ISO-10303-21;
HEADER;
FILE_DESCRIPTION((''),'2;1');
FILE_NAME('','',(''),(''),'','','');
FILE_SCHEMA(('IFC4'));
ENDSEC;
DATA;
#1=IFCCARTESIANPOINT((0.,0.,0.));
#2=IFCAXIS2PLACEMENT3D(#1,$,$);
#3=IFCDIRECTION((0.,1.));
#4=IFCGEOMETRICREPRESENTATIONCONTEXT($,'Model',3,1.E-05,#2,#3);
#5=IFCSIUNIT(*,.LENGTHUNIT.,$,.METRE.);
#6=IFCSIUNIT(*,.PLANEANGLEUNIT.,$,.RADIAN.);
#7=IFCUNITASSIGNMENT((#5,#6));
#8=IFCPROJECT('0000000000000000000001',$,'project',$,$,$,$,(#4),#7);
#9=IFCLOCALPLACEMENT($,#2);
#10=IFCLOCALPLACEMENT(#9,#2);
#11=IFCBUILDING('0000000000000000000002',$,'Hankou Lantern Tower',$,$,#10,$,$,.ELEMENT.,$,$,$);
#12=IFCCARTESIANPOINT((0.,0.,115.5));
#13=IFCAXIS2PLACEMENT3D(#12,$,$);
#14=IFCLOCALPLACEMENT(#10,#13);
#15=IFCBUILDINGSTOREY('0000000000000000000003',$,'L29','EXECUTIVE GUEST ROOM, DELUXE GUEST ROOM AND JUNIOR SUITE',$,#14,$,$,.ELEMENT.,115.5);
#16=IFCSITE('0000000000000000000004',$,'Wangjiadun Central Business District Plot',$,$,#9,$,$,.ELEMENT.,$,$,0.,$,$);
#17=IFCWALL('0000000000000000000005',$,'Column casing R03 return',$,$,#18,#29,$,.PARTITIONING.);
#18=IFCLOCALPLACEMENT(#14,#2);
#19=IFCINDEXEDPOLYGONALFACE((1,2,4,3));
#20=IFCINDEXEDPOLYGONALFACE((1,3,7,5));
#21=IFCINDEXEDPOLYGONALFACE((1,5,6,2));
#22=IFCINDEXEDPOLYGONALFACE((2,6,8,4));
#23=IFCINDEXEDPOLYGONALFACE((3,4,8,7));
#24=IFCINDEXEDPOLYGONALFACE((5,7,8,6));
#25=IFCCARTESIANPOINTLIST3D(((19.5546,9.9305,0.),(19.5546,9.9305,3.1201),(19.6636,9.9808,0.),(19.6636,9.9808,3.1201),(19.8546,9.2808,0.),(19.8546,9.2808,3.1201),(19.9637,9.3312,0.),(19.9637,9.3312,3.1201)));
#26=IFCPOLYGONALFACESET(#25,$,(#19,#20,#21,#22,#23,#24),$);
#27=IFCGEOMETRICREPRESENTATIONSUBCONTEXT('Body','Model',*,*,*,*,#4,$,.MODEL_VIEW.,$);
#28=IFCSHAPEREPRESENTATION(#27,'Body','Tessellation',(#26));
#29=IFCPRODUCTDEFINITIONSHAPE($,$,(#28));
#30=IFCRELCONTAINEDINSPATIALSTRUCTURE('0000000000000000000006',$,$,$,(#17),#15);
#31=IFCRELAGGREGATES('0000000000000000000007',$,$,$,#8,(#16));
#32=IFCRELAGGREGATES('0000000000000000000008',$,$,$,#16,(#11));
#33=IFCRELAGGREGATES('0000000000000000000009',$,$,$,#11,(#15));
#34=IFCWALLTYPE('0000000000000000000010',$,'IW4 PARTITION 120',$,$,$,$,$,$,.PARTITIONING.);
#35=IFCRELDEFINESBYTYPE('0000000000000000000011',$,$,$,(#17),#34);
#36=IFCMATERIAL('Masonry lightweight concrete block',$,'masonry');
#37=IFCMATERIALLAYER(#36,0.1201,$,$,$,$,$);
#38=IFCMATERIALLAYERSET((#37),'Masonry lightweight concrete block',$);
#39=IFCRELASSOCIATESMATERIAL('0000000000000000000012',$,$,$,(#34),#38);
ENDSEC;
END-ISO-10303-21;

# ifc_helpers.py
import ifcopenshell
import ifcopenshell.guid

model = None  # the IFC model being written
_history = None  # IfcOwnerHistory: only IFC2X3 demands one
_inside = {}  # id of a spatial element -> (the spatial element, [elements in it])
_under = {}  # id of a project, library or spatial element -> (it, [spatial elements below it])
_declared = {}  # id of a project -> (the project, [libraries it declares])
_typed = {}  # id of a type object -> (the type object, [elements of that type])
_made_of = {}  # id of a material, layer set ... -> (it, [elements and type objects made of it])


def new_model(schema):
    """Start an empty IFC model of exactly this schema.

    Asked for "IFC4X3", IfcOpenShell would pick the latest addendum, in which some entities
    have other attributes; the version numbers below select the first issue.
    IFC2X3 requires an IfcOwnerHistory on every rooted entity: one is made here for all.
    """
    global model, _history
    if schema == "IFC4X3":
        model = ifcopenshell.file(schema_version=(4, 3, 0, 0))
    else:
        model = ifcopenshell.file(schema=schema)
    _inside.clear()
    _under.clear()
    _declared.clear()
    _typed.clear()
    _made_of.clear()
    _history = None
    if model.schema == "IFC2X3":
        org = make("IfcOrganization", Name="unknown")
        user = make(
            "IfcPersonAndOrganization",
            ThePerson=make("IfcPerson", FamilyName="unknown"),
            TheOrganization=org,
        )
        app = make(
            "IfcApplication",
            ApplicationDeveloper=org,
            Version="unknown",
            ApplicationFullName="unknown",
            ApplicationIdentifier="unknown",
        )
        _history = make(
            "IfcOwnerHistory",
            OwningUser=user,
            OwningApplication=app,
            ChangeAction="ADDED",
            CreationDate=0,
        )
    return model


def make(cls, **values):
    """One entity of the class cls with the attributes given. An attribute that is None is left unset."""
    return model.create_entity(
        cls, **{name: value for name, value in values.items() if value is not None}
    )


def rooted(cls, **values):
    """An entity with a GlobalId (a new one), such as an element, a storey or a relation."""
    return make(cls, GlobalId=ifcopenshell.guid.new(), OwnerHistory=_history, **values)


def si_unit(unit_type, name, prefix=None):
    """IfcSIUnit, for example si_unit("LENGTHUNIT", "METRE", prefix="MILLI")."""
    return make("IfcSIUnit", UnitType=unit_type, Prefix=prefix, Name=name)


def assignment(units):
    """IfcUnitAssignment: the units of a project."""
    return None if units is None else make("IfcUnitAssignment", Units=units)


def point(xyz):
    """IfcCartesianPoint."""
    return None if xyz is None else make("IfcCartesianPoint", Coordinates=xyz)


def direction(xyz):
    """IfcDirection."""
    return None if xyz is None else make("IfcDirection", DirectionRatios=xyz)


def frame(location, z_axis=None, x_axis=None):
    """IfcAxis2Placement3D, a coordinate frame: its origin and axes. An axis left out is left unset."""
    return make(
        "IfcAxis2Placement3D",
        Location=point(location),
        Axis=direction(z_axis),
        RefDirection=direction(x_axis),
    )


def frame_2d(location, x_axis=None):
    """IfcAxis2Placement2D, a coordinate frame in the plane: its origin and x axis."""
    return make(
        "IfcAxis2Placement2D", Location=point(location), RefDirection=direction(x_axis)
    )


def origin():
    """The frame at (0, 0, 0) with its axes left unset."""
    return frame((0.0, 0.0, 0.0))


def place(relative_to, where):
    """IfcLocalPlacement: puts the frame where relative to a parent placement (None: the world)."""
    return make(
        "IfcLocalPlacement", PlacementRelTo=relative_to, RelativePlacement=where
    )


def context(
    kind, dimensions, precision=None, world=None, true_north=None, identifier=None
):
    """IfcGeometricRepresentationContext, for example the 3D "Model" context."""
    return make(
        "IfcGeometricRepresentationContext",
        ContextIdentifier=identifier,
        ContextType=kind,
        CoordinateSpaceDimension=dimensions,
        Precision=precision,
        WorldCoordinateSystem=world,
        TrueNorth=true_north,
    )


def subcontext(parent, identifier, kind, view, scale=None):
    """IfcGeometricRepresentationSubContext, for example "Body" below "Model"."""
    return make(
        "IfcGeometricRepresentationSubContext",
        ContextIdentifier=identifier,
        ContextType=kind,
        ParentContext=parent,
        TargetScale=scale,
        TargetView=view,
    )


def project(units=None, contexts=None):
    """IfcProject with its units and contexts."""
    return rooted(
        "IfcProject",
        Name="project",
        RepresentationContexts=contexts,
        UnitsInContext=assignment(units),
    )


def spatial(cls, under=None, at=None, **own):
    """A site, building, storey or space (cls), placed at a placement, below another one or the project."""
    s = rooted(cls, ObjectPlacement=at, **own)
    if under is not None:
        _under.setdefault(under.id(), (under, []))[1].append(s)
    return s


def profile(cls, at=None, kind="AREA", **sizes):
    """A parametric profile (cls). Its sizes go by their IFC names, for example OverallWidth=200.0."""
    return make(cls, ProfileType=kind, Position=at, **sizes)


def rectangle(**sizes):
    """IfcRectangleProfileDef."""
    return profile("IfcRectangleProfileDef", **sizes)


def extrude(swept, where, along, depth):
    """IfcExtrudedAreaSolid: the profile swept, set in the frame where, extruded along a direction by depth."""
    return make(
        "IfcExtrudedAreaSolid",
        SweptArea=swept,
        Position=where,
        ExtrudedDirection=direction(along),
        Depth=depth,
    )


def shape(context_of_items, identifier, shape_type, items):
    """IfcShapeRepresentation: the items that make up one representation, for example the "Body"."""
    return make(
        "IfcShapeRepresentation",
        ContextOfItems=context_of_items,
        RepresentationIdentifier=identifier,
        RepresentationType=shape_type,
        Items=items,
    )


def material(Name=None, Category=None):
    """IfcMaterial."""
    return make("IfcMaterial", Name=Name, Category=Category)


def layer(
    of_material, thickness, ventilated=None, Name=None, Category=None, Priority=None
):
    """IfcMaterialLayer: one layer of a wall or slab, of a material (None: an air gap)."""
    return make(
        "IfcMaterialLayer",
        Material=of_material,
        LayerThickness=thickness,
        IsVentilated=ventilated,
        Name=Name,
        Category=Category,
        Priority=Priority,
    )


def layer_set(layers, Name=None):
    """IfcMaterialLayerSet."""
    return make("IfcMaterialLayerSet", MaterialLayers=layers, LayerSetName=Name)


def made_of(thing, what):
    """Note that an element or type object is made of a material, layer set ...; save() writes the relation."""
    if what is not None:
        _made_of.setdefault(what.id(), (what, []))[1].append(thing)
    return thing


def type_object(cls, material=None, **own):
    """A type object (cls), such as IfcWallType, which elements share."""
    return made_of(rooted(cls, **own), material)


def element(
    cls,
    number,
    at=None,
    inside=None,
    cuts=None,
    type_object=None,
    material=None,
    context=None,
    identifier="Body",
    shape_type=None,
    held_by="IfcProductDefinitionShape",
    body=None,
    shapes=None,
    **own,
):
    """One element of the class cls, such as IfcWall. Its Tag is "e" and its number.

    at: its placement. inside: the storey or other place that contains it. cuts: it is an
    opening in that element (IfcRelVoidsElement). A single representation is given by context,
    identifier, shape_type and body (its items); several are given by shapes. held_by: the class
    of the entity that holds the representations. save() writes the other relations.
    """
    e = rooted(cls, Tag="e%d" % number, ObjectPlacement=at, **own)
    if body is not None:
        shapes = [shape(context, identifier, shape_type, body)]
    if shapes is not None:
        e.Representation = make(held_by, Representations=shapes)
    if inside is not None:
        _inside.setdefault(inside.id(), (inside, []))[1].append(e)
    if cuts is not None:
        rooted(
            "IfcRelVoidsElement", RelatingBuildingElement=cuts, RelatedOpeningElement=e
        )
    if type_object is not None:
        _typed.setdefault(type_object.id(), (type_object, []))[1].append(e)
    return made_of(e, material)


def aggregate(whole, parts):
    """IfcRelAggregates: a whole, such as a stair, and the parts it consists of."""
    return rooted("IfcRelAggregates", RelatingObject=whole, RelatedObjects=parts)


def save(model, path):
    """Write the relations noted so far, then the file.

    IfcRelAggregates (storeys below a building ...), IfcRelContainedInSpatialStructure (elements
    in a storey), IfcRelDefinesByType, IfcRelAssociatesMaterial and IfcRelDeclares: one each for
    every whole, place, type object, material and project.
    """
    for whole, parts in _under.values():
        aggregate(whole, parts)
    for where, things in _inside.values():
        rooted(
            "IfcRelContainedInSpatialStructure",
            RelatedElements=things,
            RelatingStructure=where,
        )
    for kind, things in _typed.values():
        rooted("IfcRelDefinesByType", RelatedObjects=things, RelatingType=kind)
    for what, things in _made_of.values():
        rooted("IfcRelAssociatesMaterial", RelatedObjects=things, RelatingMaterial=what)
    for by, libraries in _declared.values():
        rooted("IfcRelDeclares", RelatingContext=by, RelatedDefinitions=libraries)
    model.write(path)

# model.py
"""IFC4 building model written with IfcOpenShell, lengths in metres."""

from ifc_helpers import new_model, si_unit, direction, frame, frame_2d, origin, place, context, subcontext, project, spatial, rectangle, extrude, material, layer, layer_set, type_object, element, save


model = new_model("IFC4")

# Units and contexts
model_context = context("Model", 3, precision=1e-05, world=origin(), true_north=direction((0.0, 1.0)))
body_context = subcontext(model_context, "Body", "Model", "MODEL_VIEW")
ifc_project = project(units=[si_unit("LENGTHUNIT", "METRE"), si_unit("PLANEANGLEUNIT", "RADIAN")], contexts=[model_context])

# Site, building, storey
site_placement = place(None, origin())
site = spatial("IfcSite", under=ifc_project, at=site_placement, Name="Wangjiadun Central Business District Plot", CompositionType="ELEMENT", RefElevation=0.0)
building_placement = place(site_placement, origin())
building = spatial("IfcBuilding", under=site, at=building_placement, Name="Hankou Lantern Tower", CompositionType="ELEMENT")
storey_placement = place(building_placement, frame((0.0, 0.0, 115.5)))
storey = spatial("IfcBuildingStorey", under=building, at=storey_placement, Name="L29", Description="EXECUTIVE GUEST ROOM, DELUXE GUEST ROOM AND JUNIOR SUITE", CompositionType="ELEMENT", Elevation=115.5)

# Wall
ifc_material_1 = material(Name="Masonry lightweight concrete block", Category="masonry")
ifc_layer_1 = layer(ifc_material_1, 0.1201)
ifc_layer_set_1 = layer_set([ifc_layer_1], Name="Masonry lightweight concrete block")
wall_type_1 = type_object("IfcWallType", Name="IW4 PARTITION 120", PredefinedType="PARTITIONING", material=ifc_layer_set_1)
wall_1_placement = place(storey_placement, frame((19.9092, 9.3059, 0.0), z_axis=(0.0, 0.0, 1.0), x_axis=(-0.419296, 0.90785, 0.0)))
element("IfcWall", 1, at=wall_1_placement, inside=storey, type_object=wall_type_1, Name="Column casing R03 return", PredefinedType="PARTITIONING", context=body_context, shape_type="SweptSolid", body=[
    extrude(rectangle(XDim=0.7156, YDim=0.1201, at=frame_2d((0.3579, 0.0))), origin(), (0.0, 0.0, 1.0), 3.1201),
])

save(model, "model.ifc")
